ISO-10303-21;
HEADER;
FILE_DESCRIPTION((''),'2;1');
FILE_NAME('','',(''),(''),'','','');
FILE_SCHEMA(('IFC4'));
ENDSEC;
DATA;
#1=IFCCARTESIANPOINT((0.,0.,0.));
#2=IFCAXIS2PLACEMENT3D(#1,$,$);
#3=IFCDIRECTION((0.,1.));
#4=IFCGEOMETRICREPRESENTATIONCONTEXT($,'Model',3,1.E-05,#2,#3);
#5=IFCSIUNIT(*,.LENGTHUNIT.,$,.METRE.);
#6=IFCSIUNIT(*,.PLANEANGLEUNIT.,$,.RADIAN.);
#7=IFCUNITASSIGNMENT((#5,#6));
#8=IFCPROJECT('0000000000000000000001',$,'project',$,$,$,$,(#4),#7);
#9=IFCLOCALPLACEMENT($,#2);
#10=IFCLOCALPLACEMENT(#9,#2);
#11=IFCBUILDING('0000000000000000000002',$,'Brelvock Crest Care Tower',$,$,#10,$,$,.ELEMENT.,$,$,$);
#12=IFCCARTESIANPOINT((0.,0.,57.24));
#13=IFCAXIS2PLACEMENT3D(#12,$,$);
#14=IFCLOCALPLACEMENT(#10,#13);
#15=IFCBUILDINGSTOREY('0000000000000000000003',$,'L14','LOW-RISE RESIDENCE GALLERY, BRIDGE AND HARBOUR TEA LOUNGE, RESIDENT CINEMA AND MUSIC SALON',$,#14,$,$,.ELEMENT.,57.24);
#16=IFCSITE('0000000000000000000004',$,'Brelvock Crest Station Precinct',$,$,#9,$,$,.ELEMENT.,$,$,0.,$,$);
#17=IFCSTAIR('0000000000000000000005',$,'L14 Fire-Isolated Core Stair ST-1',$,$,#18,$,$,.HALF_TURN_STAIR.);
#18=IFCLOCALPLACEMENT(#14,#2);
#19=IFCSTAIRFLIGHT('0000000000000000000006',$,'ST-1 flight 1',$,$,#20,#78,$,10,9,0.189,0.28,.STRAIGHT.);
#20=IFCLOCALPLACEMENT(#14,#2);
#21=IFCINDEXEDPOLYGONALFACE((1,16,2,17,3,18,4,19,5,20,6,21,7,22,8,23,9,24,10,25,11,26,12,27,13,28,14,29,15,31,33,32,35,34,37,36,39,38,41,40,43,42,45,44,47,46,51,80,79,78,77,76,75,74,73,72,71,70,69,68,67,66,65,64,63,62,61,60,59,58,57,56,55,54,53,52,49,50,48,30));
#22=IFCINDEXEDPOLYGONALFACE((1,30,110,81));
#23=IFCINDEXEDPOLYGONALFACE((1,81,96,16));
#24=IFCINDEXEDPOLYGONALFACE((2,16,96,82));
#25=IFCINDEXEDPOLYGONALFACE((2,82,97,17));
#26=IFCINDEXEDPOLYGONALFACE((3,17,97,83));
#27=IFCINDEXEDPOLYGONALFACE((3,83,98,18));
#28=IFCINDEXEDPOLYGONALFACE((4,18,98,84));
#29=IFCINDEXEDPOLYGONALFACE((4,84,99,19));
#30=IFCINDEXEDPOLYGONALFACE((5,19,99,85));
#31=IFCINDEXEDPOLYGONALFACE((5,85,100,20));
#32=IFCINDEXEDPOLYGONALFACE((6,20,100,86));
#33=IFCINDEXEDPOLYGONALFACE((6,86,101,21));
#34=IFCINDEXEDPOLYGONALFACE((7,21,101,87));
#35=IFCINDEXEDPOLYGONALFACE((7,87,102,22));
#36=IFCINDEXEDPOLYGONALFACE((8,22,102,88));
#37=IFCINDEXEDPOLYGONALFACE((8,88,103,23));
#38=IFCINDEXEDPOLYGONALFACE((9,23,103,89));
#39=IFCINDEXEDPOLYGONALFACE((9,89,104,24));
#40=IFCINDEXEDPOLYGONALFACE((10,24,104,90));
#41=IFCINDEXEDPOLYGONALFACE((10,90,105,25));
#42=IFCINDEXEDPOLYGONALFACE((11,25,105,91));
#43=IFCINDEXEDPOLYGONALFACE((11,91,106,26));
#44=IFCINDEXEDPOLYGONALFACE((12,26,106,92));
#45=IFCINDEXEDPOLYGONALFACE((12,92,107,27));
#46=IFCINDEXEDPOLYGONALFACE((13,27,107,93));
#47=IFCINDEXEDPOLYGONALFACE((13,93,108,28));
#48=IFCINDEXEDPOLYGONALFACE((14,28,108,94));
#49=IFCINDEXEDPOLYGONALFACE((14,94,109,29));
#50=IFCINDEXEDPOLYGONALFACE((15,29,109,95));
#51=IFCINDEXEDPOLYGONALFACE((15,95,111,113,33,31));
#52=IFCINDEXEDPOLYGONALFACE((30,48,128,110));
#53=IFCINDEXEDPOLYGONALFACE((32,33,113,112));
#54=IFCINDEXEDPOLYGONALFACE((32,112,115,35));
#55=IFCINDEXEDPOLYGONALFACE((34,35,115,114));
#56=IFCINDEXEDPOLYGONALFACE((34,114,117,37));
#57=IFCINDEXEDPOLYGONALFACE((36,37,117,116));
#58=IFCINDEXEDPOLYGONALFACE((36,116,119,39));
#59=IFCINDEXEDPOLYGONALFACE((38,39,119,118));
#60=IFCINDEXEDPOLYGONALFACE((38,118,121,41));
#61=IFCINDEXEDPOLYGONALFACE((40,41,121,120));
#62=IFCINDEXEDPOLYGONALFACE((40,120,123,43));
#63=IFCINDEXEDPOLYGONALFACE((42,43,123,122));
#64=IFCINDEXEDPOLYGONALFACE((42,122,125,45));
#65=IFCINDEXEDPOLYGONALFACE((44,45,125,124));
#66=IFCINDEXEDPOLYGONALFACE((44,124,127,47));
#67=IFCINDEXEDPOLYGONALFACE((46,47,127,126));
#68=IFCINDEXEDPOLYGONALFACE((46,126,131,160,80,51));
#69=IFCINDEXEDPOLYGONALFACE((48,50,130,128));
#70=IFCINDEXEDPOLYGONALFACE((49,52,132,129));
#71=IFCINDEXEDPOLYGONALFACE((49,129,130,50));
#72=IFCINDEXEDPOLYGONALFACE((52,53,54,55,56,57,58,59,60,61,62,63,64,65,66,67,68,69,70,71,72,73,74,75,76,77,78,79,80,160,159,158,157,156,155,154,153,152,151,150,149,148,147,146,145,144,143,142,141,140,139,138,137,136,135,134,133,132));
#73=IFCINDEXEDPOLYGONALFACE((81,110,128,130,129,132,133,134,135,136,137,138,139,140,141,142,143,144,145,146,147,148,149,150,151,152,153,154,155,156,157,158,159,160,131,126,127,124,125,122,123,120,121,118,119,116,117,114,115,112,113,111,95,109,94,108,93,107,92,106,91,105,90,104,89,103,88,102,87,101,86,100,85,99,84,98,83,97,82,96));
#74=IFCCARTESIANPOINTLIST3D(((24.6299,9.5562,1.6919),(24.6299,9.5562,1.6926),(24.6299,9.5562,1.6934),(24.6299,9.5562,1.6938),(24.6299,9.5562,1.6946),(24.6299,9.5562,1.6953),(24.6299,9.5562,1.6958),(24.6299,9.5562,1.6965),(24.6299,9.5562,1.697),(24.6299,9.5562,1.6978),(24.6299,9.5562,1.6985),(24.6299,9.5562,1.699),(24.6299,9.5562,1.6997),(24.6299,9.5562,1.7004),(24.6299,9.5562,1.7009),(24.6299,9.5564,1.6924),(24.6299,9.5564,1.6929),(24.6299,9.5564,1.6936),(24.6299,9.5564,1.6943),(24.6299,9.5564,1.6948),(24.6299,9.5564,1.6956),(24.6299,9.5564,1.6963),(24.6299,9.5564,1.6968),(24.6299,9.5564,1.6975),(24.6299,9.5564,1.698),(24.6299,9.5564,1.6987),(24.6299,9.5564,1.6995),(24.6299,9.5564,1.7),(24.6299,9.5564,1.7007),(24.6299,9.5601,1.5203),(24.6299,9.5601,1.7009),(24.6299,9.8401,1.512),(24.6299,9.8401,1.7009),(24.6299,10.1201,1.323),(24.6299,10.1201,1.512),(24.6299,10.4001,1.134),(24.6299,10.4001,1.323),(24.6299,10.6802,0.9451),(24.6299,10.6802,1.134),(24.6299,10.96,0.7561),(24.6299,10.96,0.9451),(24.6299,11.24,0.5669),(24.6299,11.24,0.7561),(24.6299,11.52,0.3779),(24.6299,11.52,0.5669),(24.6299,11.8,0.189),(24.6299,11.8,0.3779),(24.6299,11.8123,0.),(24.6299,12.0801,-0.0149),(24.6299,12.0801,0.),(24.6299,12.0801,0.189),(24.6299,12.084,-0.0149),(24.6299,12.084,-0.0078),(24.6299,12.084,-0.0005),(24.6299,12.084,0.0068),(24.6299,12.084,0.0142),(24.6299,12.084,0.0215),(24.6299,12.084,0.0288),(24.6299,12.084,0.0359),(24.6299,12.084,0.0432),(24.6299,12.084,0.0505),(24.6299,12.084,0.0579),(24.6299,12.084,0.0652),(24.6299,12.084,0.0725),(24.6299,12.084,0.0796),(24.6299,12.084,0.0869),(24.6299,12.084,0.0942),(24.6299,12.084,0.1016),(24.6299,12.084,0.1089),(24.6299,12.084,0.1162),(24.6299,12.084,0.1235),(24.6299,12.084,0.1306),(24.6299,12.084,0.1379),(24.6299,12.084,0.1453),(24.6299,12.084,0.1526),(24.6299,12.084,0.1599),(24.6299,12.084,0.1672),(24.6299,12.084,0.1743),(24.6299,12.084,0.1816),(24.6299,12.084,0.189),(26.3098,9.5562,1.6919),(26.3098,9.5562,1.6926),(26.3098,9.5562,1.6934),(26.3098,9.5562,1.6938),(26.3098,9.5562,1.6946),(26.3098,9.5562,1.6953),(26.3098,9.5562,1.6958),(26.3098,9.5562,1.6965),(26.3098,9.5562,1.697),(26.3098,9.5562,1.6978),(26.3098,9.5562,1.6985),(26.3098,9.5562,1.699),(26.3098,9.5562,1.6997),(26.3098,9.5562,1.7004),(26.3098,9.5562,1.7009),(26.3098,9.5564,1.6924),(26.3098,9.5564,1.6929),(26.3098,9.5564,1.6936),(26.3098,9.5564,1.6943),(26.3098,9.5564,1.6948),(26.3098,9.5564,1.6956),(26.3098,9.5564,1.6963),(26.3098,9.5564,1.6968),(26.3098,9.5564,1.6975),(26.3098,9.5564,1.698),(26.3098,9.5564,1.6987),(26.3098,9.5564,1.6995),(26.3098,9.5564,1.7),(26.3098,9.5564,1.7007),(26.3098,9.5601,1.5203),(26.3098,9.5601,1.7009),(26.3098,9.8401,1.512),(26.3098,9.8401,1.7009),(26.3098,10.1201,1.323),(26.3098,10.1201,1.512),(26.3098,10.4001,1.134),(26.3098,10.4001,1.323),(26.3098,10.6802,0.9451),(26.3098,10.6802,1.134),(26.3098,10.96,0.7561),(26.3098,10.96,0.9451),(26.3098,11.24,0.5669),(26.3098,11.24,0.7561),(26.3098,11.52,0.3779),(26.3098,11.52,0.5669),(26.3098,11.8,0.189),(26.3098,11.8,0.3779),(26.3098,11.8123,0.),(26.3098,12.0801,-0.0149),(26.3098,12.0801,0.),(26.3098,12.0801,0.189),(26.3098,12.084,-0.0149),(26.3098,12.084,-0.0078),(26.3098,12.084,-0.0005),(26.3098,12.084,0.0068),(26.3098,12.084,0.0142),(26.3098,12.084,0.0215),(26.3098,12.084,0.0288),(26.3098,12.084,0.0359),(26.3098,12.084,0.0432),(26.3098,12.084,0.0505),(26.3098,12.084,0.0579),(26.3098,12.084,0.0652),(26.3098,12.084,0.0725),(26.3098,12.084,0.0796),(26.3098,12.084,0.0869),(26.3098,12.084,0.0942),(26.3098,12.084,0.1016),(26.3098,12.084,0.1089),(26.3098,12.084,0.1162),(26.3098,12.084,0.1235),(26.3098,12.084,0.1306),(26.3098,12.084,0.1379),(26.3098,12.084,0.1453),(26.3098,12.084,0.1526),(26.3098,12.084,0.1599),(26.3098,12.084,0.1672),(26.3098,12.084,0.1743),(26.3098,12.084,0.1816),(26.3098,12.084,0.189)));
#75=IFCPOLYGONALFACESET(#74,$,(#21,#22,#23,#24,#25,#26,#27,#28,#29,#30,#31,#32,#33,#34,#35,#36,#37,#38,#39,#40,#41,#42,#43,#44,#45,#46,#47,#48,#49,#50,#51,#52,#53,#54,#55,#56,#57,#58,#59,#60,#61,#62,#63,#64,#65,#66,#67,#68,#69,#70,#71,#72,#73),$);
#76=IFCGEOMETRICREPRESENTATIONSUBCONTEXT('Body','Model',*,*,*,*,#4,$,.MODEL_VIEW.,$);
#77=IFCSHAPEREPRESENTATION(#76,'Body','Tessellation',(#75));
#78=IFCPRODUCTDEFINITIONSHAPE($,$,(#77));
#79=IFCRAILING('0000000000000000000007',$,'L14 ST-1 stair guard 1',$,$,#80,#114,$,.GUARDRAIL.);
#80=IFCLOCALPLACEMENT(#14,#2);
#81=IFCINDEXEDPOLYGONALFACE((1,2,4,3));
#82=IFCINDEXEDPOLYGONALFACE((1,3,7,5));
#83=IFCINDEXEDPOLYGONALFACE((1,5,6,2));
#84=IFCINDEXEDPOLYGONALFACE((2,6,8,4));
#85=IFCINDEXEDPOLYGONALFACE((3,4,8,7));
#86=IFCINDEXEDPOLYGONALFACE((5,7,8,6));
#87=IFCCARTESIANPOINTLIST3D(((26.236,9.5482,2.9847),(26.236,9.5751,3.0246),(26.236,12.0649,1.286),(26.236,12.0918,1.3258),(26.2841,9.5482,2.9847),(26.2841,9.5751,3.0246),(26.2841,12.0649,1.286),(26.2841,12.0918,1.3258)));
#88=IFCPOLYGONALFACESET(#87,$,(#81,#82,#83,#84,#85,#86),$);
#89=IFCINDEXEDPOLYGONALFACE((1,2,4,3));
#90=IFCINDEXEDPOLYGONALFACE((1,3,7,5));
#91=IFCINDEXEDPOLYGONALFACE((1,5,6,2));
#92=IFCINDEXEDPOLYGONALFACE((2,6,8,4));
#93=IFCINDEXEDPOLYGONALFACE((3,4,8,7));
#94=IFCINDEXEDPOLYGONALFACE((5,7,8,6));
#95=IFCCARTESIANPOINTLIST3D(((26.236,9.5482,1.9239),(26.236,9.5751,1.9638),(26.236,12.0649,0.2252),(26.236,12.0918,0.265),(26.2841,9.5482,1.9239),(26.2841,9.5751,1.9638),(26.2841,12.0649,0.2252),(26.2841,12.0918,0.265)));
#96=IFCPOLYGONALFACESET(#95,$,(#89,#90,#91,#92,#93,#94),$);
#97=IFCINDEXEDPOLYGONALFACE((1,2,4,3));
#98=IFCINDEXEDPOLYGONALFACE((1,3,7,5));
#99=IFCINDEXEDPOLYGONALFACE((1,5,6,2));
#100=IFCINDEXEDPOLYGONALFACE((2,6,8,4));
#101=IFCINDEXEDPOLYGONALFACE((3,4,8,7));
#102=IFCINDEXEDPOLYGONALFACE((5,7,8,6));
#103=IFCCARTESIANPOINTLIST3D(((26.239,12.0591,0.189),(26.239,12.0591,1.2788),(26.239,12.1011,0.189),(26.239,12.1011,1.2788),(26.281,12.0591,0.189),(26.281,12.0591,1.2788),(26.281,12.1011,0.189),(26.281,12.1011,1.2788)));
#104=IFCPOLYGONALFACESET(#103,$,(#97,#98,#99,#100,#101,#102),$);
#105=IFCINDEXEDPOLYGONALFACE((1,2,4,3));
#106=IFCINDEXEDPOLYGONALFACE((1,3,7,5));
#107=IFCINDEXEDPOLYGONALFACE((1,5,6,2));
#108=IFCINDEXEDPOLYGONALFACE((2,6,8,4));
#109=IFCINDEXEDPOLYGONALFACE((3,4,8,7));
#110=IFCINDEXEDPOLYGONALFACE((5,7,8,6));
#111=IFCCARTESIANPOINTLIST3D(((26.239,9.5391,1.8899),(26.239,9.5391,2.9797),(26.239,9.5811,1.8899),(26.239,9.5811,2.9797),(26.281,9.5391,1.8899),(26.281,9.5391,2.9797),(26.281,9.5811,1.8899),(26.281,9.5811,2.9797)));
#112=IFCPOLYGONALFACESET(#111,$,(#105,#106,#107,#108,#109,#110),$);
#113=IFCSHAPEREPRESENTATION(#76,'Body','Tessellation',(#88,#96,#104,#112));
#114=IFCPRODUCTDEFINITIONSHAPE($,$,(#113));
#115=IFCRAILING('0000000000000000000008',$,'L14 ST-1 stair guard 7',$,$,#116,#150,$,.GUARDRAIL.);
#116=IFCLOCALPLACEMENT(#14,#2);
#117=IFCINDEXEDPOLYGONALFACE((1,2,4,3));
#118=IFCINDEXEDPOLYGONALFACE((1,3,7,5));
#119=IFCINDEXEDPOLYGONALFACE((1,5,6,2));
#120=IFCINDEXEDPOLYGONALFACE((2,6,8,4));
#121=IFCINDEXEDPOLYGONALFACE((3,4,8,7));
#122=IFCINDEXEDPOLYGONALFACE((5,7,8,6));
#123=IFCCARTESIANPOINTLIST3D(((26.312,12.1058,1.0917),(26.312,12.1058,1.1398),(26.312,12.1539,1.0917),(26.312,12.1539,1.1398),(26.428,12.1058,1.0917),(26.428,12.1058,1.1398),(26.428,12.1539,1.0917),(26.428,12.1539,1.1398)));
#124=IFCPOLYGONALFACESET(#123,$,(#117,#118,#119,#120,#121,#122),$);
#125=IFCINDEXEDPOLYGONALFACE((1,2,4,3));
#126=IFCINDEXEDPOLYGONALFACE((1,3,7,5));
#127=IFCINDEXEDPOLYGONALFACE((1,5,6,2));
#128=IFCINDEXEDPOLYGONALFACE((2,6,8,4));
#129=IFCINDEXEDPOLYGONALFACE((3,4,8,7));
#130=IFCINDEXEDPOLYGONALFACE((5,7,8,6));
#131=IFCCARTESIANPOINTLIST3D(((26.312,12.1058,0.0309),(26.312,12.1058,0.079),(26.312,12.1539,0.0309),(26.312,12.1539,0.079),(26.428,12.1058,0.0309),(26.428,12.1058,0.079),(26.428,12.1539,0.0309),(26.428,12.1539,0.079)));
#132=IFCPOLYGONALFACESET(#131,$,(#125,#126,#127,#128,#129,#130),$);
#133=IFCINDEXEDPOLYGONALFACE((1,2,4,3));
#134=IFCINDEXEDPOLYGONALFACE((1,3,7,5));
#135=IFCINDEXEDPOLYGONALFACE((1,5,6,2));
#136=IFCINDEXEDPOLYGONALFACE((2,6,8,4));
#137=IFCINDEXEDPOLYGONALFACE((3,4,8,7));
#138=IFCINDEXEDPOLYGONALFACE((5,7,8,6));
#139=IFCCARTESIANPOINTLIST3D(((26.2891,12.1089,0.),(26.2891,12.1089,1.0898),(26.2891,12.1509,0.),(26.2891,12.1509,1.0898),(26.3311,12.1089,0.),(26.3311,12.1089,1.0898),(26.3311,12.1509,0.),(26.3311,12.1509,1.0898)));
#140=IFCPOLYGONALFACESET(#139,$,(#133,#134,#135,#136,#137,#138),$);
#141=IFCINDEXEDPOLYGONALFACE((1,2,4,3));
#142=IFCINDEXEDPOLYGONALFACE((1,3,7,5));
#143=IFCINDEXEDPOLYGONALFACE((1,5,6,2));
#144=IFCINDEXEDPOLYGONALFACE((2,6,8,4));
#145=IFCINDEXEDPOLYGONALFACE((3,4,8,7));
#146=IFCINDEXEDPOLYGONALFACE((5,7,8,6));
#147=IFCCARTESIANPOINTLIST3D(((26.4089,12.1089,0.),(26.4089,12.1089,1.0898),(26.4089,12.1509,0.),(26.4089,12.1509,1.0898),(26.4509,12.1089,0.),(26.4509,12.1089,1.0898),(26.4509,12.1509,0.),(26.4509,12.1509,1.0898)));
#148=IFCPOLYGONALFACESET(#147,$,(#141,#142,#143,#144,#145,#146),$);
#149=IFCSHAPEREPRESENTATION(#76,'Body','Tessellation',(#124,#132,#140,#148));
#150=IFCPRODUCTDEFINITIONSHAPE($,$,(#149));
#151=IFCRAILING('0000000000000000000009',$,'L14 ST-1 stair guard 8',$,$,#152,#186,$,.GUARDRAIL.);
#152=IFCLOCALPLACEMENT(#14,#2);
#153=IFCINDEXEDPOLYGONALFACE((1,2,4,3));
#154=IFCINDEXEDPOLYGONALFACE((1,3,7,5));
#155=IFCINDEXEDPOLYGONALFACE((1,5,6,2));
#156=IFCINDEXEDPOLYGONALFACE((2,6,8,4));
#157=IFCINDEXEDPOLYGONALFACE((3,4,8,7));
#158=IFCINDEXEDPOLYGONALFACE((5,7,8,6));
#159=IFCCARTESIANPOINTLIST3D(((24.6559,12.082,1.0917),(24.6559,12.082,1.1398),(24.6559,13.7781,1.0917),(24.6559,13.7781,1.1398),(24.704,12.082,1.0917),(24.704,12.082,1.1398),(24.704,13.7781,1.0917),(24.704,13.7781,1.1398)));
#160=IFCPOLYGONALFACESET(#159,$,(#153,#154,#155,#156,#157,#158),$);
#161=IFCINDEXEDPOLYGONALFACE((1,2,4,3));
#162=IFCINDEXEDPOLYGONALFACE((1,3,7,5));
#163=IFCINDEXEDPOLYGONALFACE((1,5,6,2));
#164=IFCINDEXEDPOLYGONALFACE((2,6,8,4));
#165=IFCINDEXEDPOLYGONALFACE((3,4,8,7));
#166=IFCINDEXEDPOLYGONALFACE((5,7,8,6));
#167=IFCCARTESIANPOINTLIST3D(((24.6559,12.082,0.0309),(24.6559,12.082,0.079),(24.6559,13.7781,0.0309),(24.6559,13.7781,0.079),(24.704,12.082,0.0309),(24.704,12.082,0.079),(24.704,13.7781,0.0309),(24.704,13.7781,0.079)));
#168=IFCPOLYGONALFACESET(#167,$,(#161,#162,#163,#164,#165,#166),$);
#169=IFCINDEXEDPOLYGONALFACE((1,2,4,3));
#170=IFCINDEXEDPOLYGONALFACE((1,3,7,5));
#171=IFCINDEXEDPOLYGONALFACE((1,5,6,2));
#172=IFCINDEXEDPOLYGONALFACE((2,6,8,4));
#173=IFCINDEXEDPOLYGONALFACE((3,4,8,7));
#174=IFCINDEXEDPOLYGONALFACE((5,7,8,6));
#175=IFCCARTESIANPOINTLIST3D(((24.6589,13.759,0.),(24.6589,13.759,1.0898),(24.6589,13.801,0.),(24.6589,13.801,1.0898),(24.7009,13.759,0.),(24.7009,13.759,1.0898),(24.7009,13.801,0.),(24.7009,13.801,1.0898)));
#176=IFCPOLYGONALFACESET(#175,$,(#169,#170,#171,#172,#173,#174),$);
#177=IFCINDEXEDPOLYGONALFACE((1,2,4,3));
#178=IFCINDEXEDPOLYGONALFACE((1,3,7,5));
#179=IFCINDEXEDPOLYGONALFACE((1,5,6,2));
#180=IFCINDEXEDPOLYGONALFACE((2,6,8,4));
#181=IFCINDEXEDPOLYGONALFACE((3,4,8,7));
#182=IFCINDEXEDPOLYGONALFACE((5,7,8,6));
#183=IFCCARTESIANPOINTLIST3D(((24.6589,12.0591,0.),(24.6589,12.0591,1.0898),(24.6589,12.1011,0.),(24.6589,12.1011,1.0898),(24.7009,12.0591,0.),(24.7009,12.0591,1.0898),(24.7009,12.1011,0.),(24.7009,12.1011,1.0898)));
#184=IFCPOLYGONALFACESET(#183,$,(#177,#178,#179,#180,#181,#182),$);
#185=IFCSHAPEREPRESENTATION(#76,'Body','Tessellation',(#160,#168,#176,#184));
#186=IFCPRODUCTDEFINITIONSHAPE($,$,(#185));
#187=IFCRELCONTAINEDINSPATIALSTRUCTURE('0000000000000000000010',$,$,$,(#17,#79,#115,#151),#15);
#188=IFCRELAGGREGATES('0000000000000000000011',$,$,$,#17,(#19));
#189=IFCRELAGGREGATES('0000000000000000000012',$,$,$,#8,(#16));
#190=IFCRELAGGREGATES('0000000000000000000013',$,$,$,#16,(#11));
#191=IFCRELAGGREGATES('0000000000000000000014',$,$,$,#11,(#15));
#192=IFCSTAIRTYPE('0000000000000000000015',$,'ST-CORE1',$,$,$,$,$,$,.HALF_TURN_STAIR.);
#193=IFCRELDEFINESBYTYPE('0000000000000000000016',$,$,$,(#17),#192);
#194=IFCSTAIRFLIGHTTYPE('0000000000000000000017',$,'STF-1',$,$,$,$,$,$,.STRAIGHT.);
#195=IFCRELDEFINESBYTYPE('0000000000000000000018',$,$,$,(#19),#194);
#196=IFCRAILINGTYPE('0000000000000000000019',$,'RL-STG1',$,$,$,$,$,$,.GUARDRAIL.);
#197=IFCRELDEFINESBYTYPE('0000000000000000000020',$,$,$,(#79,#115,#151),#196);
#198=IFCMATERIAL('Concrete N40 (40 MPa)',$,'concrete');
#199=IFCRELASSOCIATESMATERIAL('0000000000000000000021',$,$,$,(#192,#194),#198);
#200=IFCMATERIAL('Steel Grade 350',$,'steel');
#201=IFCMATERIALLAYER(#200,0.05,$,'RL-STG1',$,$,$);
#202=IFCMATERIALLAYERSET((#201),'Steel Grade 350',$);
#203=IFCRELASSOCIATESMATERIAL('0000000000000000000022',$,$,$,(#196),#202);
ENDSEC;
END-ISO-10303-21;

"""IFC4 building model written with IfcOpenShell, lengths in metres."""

from ifc_helpers import new_model, si_unit, direction, frame, origin, origin_2d, place, context, subcontext, project, spatial, polyline, rectangle, outline, extrude, material, layer, layer_set, type_object, element, aggregate, save


model = new_model("IFC4")

# Units and contexts
model_context = context("Model", 3, precision=1e-05, world=origin(), true_north=direction((0.0, 1.0)))
body_context = subcontext(model_context, "Body", "Model", "MODEL_VIEW")
ifc_project = project(units=[si_unit("LENGTHUNIT", "METRE"), si_unit("PLANEANGLEUNIT", "RADIAN")], contexts=[model_context])

# Site, building, storey
site_placement = place(None, origin())
site = spatial("IfcSite", under=ifc_project, at=site_placement, Name="Brelvock Crest Station Precinct", CompositionType="ELEMENT", RefElevation=0.0)
building_placement = place(site_placement, origin())
building = spatial("IfcBuilding", under=site, at=building_placement, Name="Brelvock Crest Care Tower", CompositionType="ELEMENT")
storey_placement = place(building_placement, frame((0.0, 0.0, 57.24)))
storey = spatial("IfcBuildingStorey", under=building, at=storey_placement, Name="L14", Description="LOW-RISE RESIDENCE GALLERY, BRIDGE AND HARBOUR TEA LOUNGE, RESIDENT CINEMA AND MUSIC SALON", CompositionType="ELEMENT", Elevation=57.24)

# Shared definitions
ifc_material_1 = material(Name="Steel Grade 350", Category="steel")

# Stair, stair flight
ifc_material_2 = material(Name="Concrete N40 (40 MPa)", Category="concrete")
stair_type = type_object("IfcStairType", Name="ST-CORE1", PredefinedType="HALF_TURN_STAIR", material=ifc_material_2)
stair_placement = place(storey_placement, origin())
stair = element("IfcStair", 1, at=stair_placement, inside=storey, type_object=stair_type, Name="L14 Fire-Isolated Core Stair ST-1", PredefinedType="HALF_TURN_STAIR")
stair_flight_type = type_object("IfcStairFlightType", Name="STF-1", PredefinedType="STRAIGHT", material=ifc_material_2)
stair_flight_placement = place(storey_placement, frame((25.47, 12.0801, 0.0), z_axis=(0.0, 0.0, 1.0), x_axis=(0.0, -1.0, 0.0)))
stair_flight = element("IfcStairFlight", 2, at=stair_flight_placement, type_object=stair_flight_type, Name="ST-1 flight 1", NumberOfRisers=10, NumberOfTreads=9, PredefinedType="STRAIGHT", RiserHeight=0.189, TreadLength=0.28, context=body_context, shape_type="SweptSolid", body=[
    extrude(outline(polyline([(-0.0039, -0.0149), (-0.0039, -0.0078), (-0.0039, -0.0005), (-0.0039, 0.0068), (-0.0039, 0.0142), (-0.0039, 0.0215), (-0.0039, 0.0288), (-0.0039, 0.0359), (-0.0039, 0.0432), (-0.0039, 0.0505), (-0.0039, 0.0579), (-0.0039, 0.0652), (-0.0039, 0.0725), (-0.0039, 0.0796), (-0.0039, 0.0869), (-0.0039, 0.0942), (-0.0039, 0.1016), (-0.0039, 0.1089), (-0.0039, 0.1162), (-0.0039, 0.1235), (-0.0039, 0.1306), (-0.0039, 0.1379), (-0.0039, 0.1453), (-0.0039, 0.1526), (-0.0039, 0.1599), (-0.0039, 0.1672), (-0.0039, 0.1743), (-0.0039, 0.1816), (-0.0039, 0.189), (0.0, 0.189), (0.28, 0.189), (0.28, 0.3779), (0.5601, 0.3779), (0.5601, 0.5669), (0.8401, 0.5669), (0.8401, 0.7561), (1.1201, 0.7561), (1.1201, 0.9451), (1.3999, 0.9451), (1.3999, 1.134), (1.6799, 1.134), (1.6799, 1.323), (1.96, 1.323), (1.96, 1.512), (2.24, 1.512), (2.24, 1.7009), (2.52, 1.7009), (2.5239, 1.7009), (2.5237, 1.7007), (2.5239, 1.7004), (2.5237, 1.7), (2.5239, 1.6997), (2.5237, 1.6995), (2.5239, 1.699), (2.5237, 1.6987), (2.5239, 1.6985), (2.5237, 1.698), (2.5239, 1.6978), (2.5237, 1.6975), (2.5239, 1.697), (2.5237, 1.6968), (2.5239, 1.6965), (2.5237, 1.6963), (2.5239, 1.6958), (2.5237, 1.6956), (2.5239, 1.6953), (2.5237, 1.6948), (2.5239, 1.6946), (2.5237, 1.6943), (2.5239, 1.6938), (2.5237, 1.6936), (2.5239, 1.6934), (2.5237, 1.6929), (2.5239, 1.6926), (2.5237, 1.6924), (2.5239, 1.6919), (2.52, 1.5203), (0.2678, 0.0), (0.0, 0.0), (0.0, -0.0149), (-0.0039, -0.0149)])), frame((0.0, 0.8398, 0.0), z_axis=(0.0, -1.0, 0.0), x_axis=(1.0, 0.0, 0.0)), (0.0, 0.0, 1.0), 1.6799),
])
aggregate(stair, [stair_flight])

# Railings
ifc_layer_1 = layer(ifc_material_1, 0.05, Name="RL-STG1")
ifc_layer_set_1 = layer_set([ifc_layer_1], Name="Steel Grade 350")
railing_type_1 = type_object("IfcRailingType", Name="RL-STG1", PredefinedType="GUARDRAIL", material=ifc_layer_set_1)
railing_1_placement = place(storey_placement, frame((26.26, 12.0801, 0.189)))
element("IfcRailing", 3, at=railing_1_placement, inside=storey, type_object=railing_type_1, Name="L14 ST-1 stair guard 1", PredefinedType="GUARDRAIL", context=body_context, shape_type="SweptSolid", body=[
    extrude(rectangle(XDim=0.0481, YDim=0.0481, at=origin_2d()), frame((0.0, -0.0017, 1.1169), z_axis=(0.0, -0.828862, 0.559454), x_axis=(1.0, 0.0, 0.0)), (0.0, 0.0, 1.0), 3.0364),
    extrude(rectangle(XDim=0.0481, YDim=0.0481, at=origin_2d()), frame((0.0, -0.0017, 0.0562), z_axis=(0.0, -0.828862, 0.559454), x_axis=(1.0, 0.0, 0.0)), (0.0, 0.0, 1.0), 3.0364),
    extrude(rectangle(XDim=0.042, YDim=0.042, at=origin_2d()), origin(), (0.0, 0.0, 1.0), 1.0898),
    extrude(rectangle(XDim=0.042, YDim=0.042, at=origin_2d()), frame((0.0, -2.52, 1.7009)), (0.0, 0.0, 1.0), 1.0898),
])
railing_2_placement = place(storey_placement, frame((26.3101, 12.1299, 0.0)))
element("IfcRailing", 4, at=railing_2_placement, inside=storey, type_object=railing_type_1, Name="L14 ST-1 stair guard 7", PredefinedType="GUARDRAIL", context=body_context, shape_type="SweptSolid", body=[
    extrude(rectangle(XDim=0.0481, YDim=0.0481, at=origin_2d()), frame((0.002, 0.0, 1.1157), z_axis=(1.0, 0.0, 0.0), x_axis=(0.0, 1.0, 0.0)), (0.0, 0.0, 1.0), 0.116),
    extrude(rectangle(XDim=0.0481, YDim=0.0481, at=origin_2d()), frame((0.002, 0.0, 0.0549), z_axis=(1.0, 0.0, 0.0), x_axis=(0.0, 1.0, 0.0)), (0.0, 0.0, 1.0), 0.116),
    extrude(rectangle(XDim=0.042, YDim=0.042, at=origin_2d()), origin(), (0.0, 0.0, 1.0), 1.0898),
    extrude(rectangle(XDim=0.042, YDim=0.042, at=origin_2d()), frame((0.1199, 0.0, 0.0)), (0.0, 0.0, 1.0), 1.0898),
])
for number, where, name in (
    (5, (24.6799, 13.78, 0.0), "L14 ST-1 stair guard 8"),
):
    element("IfcRailing", number, at=place(storey_placement, frame(where)), inside=storey, type_object=railing_type_1, Name=name, PredefinedType="GUARDRAIL", context=body_context, shape_type="SweptSolid", body=[
        extrude(rectangle(XDim=0.0481, YDim=0.0481, at=origin_2d()), frame((0.0, -0.002, 1.1157), z_axis=(0.0, -1.0, 0.0), x_axis=(1.0, 0.0, 0.0)), (0.0, 0.0, 1.0), 1.696),
        extrude(rectangle(XDim=0.0481, YDim=0.0481, at=origin_2d()), frame((0.0, -0.002, 0.0549), z_axis=(0.0, -1.0, 0.0), x_axis=(1.0, 0.0, 0.0)), (0.0, 0.0, 1.0), 1.696),
        extrude(rectangle(XDim=0.042, YDim=0.042, at=origin_2d()), origin(), (0.0, 0.0, 1.0), 1.0898),
        extrude(rectangle(XDim=0.042, YDim=0.042, at=origin_2d()), frame((0.0, -1.7, 0.0)), (0.0, 0.0, 1.0), 1.0898),
    ])

save(model, "model.ifc")
